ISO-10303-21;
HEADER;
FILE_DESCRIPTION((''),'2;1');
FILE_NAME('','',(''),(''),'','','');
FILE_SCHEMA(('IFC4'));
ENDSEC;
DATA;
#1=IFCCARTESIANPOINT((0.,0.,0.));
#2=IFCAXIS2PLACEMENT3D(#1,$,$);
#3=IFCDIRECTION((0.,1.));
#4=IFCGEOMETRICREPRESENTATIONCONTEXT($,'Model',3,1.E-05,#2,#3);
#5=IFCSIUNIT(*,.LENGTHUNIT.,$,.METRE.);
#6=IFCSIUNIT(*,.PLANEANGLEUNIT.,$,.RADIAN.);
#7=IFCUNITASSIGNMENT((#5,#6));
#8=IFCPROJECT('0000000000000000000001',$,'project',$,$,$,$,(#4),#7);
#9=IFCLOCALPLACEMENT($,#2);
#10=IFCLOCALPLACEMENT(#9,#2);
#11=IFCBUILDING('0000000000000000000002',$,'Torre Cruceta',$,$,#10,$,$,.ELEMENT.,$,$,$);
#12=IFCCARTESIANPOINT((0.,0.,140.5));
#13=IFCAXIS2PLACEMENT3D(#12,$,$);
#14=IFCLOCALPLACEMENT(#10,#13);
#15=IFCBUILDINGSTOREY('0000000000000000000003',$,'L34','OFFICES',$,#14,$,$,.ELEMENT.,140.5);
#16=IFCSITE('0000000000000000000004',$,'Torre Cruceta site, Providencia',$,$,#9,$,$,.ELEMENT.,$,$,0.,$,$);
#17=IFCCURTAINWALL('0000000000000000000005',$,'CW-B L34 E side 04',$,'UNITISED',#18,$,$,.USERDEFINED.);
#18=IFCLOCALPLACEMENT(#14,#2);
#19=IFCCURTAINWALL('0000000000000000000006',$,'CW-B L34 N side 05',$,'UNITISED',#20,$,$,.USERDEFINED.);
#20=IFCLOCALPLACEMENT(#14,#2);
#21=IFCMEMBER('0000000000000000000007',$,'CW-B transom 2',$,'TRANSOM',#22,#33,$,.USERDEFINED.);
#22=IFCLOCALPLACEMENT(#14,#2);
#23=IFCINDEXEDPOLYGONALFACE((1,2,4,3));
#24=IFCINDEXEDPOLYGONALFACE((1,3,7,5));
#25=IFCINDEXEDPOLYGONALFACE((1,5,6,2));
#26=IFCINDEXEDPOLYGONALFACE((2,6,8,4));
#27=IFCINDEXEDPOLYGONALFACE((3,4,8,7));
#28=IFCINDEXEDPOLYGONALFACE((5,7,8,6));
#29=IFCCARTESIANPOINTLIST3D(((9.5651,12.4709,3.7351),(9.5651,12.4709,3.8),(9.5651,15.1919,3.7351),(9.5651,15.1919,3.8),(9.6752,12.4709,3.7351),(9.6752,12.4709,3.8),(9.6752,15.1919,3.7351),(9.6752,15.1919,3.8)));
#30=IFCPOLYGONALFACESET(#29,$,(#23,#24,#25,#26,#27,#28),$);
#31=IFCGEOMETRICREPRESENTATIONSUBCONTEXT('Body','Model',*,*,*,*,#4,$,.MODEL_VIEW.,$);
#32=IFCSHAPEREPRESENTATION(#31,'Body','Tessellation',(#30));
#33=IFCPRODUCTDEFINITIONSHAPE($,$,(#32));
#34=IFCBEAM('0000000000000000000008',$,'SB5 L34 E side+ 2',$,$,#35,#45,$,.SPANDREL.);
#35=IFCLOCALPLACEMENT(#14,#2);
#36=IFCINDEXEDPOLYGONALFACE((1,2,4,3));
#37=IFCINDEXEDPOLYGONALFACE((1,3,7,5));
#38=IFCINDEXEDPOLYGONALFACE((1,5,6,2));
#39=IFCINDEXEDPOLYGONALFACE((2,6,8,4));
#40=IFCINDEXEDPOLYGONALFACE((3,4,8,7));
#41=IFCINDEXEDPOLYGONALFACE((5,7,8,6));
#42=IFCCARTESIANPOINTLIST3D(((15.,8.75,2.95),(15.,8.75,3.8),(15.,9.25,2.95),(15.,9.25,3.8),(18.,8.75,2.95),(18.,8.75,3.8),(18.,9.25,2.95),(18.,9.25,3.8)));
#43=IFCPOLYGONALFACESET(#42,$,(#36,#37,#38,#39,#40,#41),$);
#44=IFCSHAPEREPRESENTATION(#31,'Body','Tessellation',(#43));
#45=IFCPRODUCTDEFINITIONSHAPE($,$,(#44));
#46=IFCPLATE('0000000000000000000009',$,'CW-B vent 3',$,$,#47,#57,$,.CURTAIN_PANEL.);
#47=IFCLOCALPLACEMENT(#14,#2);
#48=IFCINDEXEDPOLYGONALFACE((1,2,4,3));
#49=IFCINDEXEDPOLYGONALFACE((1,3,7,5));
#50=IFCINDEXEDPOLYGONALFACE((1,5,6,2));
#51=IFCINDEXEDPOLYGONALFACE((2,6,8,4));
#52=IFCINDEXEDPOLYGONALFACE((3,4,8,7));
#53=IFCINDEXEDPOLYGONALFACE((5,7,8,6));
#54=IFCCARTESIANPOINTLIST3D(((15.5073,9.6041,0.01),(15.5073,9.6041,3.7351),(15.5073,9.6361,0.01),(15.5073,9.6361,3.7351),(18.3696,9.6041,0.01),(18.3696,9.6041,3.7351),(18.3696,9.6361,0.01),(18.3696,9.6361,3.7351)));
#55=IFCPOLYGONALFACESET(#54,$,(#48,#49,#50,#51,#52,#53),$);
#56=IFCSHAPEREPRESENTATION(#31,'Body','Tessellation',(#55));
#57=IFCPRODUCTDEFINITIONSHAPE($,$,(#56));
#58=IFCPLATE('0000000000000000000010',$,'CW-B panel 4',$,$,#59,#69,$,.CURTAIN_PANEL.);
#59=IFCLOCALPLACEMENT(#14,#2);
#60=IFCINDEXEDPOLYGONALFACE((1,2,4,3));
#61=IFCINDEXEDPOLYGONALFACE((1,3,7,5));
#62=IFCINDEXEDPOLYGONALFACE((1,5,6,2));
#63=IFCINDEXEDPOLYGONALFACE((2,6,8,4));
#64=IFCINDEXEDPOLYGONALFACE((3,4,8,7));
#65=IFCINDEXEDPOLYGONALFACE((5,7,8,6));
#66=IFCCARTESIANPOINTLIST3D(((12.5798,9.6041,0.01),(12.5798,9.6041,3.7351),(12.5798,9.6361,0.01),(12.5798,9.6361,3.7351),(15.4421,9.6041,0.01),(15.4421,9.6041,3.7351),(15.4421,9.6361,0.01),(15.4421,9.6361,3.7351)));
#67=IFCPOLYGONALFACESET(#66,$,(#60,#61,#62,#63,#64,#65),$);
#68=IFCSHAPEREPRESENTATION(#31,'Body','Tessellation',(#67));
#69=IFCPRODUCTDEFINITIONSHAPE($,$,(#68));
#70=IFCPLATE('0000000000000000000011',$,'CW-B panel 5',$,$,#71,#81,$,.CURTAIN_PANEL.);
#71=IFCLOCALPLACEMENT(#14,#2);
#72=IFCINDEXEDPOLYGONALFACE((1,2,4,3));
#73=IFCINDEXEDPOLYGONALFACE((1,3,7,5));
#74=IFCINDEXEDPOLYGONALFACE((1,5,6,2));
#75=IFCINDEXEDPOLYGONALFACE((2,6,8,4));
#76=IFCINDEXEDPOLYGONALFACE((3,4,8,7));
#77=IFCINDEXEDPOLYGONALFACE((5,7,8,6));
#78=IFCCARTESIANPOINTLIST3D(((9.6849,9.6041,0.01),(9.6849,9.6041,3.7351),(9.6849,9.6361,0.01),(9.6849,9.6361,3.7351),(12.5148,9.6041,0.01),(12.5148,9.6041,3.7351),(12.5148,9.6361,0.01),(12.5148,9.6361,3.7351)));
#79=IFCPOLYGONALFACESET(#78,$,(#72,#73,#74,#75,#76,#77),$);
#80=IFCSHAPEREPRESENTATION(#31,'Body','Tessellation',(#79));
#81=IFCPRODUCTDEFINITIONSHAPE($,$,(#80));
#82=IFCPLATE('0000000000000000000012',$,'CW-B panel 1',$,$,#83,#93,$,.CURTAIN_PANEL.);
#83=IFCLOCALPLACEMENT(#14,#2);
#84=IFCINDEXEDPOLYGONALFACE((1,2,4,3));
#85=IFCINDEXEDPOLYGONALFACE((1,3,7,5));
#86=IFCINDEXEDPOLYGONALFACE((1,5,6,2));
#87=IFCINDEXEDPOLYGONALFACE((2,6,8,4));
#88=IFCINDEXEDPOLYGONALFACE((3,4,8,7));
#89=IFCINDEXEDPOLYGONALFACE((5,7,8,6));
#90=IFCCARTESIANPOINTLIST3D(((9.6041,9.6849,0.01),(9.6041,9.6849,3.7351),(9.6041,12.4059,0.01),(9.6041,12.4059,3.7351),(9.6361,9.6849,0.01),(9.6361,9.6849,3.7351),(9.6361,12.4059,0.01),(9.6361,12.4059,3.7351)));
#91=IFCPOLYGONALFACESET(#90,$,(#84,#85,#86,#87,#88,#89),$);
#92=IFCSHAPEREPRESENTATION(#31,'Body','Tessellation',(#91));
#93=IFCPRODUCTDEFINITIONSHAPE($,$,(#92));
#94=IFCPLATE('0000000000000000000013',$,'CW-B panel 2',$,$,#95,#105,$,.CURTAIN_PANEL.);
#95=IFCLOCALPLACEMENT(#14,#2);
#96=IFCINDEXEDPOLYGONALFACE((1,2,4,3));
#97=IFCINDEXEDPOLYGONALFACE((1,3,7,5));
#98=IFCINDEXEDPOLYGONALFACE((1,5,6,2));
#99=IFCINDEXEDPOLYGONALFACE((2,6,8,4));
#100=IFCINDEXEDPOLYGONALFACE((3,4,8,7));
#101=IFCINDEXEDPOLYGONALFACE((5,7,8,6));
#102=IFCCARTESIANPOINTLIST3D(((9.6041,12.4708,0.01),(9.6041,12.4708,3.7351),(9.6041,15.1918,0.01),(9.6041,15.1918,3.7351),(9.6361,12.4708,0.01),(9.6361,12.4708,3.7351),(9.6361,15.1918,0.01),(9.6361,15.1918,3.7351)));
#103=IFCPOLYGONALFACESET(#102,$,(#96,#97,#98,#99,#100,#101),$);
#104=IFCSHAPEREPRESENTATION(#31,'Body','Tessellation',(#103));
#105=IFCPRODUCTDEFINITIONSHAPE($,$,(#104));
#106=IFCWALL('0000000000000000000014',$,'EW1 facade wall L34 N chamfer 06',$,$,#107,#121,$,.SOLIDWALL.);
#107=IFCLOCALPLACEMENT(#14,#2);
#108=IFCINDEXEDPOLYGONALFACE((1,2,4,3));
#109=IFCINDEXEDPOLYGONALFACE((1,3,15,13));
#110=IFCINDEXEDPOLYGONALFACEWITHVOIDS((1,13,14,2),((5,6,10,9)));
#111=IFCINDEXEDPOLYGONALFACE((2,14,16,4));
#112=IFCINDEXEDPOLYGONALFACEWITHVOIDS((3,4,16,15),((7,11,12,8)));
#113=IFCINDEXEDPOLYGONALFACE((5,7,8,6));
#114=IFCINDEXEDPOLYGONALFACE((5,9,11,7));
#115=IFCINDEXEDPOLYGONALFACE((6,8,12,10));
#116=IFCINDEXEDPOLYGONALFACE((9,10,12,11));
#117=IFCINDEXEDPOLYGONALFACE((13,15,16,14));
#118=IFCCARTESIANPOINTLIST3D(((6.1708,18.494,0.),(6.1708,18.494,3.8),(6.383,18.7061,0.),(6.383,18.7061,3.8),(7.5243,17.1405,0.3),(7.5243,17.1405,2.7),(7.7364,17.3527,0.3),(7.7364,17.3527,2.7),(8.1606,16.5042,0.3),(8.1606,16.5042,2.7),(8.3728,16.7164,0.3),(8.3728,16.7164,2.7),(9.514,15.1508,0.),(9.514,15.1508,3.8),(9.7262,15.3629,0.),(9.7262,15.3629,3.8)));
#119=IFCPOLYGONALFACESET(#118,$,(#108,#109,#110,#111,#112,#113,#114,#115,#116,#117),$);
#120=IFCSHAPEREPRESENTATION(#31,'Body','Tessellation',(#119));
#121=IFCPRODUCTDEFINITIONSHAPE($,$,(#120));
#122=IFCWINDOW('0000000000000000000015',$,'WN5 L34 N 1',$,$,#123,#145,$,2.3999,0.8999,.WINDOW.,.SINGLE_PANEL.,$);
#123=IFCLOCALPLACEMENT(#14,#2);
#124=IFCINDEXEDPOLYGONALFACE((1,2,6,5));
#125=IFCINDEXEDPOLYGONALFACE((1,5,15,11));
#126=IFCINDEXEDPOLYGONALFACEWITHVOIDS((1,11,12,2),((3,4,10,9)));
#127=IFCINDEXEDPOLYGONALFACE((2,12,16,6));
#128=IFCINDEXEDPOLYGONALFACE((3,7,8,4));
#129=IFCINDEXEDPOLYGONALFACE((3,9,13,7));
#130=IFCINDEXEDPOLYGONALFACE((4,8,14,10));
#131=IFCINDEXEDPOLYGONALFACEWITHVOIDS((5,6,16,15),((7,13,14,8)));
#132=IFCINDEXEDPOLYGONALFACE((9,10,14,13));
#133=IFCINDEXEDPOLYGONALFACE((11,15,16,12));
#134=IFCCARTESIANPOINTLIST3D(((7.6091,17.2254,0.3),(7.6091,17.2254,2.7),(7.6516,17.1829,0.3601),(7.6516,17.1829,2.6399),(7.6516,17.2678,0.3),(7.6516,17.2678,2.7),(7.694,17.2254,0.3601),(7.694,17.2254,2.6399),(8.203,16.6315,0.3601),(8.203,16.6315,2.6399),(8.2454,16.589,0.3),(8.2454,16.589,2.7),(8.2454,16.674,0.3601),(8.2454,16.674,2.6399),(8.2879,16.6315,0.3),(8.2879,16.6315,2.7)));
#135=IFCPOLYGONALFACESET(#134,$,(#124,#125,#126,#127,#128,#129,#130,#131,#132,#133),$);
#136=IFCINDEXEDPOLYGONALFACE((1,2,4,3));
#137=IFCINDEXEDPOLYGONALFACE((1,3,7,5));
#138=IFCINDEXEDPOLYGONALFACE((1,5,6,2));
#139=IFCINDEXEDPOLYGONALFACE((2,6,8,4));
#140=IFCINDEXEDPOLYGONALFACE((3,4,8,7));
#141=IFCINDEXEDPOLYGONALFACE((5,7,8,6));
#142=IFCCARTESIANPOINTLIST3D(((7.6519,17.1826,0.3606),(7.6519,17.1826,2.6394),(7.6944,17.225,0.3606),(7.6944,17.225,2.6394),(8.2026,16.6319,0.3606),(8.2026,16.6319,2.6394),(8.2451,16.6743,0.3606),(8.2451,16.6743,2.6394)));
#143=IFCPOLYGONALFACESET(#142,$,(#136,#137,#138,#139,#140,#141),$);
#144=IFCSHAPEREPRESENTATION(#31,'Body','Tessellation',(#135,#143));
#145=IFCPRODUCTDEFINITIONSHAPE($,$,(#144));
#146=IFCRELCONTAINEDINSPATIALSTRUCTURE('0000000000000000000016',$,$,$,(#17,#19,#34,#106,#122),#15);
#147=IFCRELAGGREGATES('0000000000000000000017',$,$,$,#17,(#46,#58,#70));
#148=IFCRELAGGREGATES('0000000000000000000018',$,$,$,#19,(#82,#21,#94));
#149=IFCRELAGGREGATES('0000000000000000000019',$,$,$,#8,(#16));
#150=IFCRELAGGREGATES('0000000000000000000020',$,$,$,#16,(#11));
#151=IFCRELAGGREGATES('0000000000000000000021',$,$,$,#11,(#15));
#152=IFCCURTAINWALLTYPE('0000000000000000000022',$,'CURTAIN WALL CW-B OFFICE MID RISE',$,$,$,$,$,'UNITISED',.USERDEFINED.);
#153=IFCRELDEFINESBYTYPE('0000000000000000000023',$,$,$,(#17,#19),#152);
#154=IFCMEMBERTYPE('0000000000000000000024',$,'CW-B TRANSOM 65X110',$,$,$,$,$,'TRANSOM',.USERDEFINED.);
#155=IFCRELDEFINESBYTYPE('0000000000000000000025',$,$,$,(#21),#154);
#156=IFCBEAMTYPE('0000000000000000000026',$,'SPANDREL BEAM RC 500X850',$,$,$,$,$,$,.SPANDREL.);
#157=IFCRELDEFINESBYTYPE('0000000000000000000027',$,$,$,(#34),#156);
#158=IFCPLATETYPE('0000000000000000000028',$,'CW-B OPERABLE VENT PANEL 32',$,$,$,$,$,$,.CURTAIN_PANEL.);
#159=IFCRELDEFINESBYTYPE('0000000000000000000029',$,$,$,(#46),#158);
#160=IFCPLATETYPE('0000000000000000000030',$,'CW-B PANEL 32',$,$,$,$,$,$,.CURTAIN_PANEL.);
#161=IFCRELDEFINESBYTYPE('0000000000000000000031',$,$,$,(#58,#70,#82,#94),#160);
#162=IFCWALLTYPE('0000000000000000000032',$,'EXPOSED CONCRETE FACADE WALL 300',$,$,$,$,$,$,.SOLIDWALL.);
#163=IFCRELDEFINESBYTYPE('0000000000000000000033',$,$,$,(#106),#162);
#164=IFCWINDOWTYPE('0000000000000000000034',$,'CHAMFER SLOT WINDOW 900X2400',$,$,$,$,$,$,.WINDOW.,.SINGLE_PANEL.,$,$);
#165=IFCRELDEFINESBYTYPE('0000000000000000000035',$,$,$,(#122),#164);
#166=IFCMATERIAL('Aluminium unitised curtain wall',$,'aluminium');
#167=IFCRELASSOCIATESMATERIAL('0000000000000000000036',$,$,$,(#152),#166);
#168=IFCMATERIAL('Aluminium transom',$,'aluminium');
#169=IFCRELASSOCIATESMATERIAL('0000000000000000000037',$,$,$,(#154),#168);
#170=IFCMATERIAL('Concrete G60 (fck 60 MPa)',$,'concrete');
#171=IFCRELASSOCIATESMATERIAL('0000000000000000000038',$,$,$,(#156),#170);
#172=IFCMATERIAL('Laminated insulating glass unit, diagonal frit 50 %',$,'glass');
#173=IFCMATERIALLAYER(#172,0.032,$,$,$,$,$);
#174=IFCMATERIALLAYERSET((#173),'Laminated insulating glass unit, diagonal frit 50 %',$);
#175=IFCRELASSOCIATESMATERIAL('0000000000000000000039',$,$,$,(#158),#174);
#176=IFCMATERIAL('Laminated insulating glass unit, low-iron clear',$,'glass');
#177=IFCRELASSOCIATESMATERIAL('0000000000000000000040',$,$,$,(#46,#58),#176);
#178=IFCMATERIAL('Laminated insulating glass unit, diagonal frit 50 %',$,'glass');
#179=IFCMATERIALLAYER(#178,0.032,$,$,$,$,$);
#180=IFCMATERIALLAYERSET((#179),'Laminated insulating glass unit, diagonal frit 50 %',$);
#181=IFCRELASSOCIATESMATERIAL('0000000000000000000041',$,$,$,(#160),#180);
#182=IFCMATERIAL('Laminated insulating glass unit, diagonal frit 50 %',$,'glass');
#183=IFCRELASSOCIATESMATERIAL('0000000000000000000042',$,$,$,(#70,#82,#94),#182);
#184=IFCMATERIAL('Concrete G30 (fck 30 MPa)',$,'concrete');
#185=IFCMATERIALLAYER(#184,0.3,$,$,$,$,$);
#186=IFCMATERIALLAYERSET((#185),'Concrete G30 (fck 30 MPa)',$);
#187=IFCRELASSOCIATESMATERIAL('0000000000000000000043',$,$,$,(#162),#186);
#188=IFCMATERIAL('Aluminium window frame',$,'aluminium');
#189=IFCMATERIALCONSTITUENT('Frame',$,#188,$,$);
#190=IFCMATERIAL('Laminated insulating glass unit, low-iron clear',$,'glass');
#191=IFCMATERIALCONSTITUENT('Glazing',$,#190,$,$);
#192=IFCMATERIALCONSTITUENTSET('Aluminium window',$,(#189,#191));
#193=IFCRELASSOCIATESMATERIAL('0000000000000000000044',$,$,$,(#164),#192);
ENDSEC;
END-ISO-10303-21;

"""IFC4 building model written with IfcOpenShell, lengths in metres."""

from ifc_helpers import new_model, si_unit, direction, frame, frame_2d, origin, origin_2d, place, context, subcontext, project, spatial, rectangle, hollow_rectangle, extrude, material, layer, layer_set, constituent, constituent_set, material_profile, profile_set, type_object, element, fill, aggregate, save


model = new_model("IFC4")

# Units and contexts
model_context = context("Model", 3, precision=1e-05, world=origin(), true_north=direction((0.0, 1.0)))
body_context = subcontext(model_context, "Body", "Model", "MODEL_VIEW")
ifc_project = project(units=[si_unit("LENGTHUNIT", "METRE"), si_unit("PLANEANGLEUNIT", "RADIAN")], contexts=[model_context])

# Site, building, storey
site_placement = place(None, origin())
site = spatial("IfcSite", under=ifc_project, at=site_placement, Name="Torre Cruceta site, Providencia", CompositionType="ELEMENT", RefElevation=0.0)
building_placement = place(site_placement, origin())
building = spatial("IfcBuilding", under=site, at=building_placement, Name="Torre Cruceta", CompositionType="ELEMENT")
storey_placement = place(building_placement, frame((0.0, 0.0, 140.5)))
storey = spatial("IfcBuildingStorey", under=building, at=storey_placement, Name="L34", Description="OFFICES", CompositionType="ELEMENT", Elevation=140.5)

# Curtain walls
ifc_material_1 = material(Name="Aluminium unitised curtain wall", Category="aluminium")
curtain_wall_type = type_object("IfcCurtainWallType", Name="CURTAIN WALL CW-B OFFICE MID RISE", ElementType="UNITISED", PredefinedType="USERDEFINED", material=ifc_material_1)
curtain_wall_1_placement = place(storey_placement, origin())
curtain_wall_1 = element("IfcCurtainWall", 1, at=curtain_wall_1_placement, inside=storey, type_object=curtain_wall_type, Name="CW-B L34 E side 04", ObjectType="UNITISED", PredefinedType="USERDEFINED")
curtain_wall_2_placement = place(storey_placement, origin())
curtain_wall_2 = element("IfcCurtainWall", 2, at=curtain_wall_2_placement, inside=storey, type_object=curtain_wall_type, Name="CW-B L34 N side 05", ObjectType="UNITISED", PredefinedType="USERDEFINED")

# Member
ifc_material_2 = material(Name="Aluminium transom", Category="aluminium")
ifc_material_profile_1 = material_profile(ifc_material_2, rectangle(XDim=0.1101, YDim=0.0649, at=origin_2d()), Name="AL 110X65")
ifc_profile_set_1 = profile_set([ifc_material_profile_1], Name="Aluminium transom")
member_type_1 = type_object("IfcMemberType", Name="CW-B TRANSOM 65X110", ElementType="TRANSOM", PredefinedType="USERDEFINED", material=ifc_profile_set_1)
member_1_placement = place(storey_placement, frame((9.6201, 12.4709, 3.7676), z_axis=(0.0, 1.0, 0.0), x_axis=(-1.0, 0.0, 0.0)))
member_1 = element("IfcMember", 3, at=member_1_placement, type_object=member_type_1, Name="CW-B transom 2", ObjectType="TRANSOM", PredefinedType="USERDEFINED", context=body_context, shape_type="SweptSolid", body=[
    extrude(rectangle(XDim=0.1101, YDim=0.0649, at=origin_2d()), origin(), (0.0, 0.0, 1.0), 2.7209),
])

# Beam
ifc_material_3 = material(Name="Concrete G60 (fck 60 MPa)", Category="concrete")
ifc_material_profile_2 = material_profile(ifc_material_3, rectangle(XDim=0.5, YDim=0.8501, at=origin_2d()), Name="RC 500X850")
ifc_profile_set_2 = profile_set([ifc_material_profile_2], Name="Concrete G60 (fck 60 MPa)")
beam_type_1 = type_object("IfcBeamType", Name="SPANDREL BEAM RC 500X850", PredefinedType="SPANDREL", material=ifc_profile_set_2)
beam_1_placement = place(storey_placement, frame((15.0, 9.0, 3.375), z_axis=(1.0, 0.0, 0.0), x_axis=(0.0, 1.0, 0.0)))
element("IfcBeam", 4, at=beam_1_placement, inside=storey, type_object=beam_type_1, Name="SB5 L34 E side+ 2", PredefinedType="SPANDREL", context=body_context, shape_type="SweptSolid", body=[
    extrude(rectangle(XDim=0.5, YDim=0.8501, at=origin_2d()), origin(), (0.0, 0.0, 1.0), 3.0),
])

# Plates
ifc_material_4 = material(Name="Laminated insulating glass unit, low-iron clear", Category="glass")
ifc_material_5 = material(Name="Laminated insulating glass unit, diagonal frit 50 %", Category="glass")
ifc_layer_1 = layer(ifc_material_5, 0.032)
ifc_layer_set_1 = layer_set([ifc_layer_1], Name="Laminated insulating glass unit, diagonal frit 50 %")
plate_type_1 = type_object("IfcPlateType", Name="CW-B OPERABLE VENT PANEL 32", PredefinedType="CURTAIN_PANEL", material=ifc_layer_set_1)
plate_1_placement = place(storey_placement, frame((16.9385, 9.6201, 0.01), z_axis=(0.0, 0.0, 1.0), x_axis=(-1.0, 0.0, 0.0)))
plate_1 = element("IfcPlate", 5, at=plate_1_placement, type_object=plate_type_1, material=ifc_material_4, Name="CW-B vent 3", PredefinedType="CURTAIN_PANEL", context=body_context, shape_type="SweptSolid", body=[
    extrude(rectangle(XDim=2.8623, YDim=0.032, at=origin_2d()), origin(), (0.0, 0.0, 1.0), 3.7251),
])
ifc_material_6 = material(Name="Laminated insulating glass unit, diagonal frit 50 %", Category="glass")
ifc_layer_2 = layer(ifc_material_6, 0.032)
ifc_layer_set_2 = layer_set([ifc_layer_2], Name="Laminated insulating glass unit, diagonal frit 50 %")
plate_type_2 = type_object("IfcPlateType", Name="CW-B PANEL 32", PredefinedType="CURTAIN_PANEL", material=ifc_layer_set_2)
plate_2_placement = place(storey_placement, frame((14.011, 9.6201, 0.01), z_axis=(0.0, 0.0, 1.0), x_axis=(-1.0, 0.0, 0.0)))
plate_2 = element("IfcPlate", 6, at=plate_2_placement, type_object=plate_type_2, material=ifc_material_4, Name="CW-B panel 4", PredefinedType="CURTAIN_PANEL", context=body_context, shape_type="SweptSolid", body=[
    extrude(rectangle(XDim=2.8623, YDim=0.032, at=origin_2d()), origin(), (0.0, 0.0, 1.0), 3.7251),
])
ifc_material_7 = material(Name="Laminated insulating glass unit, diagonal frit 50 %", Category="glass")
plate_3_placement = place(storey_placement, frame((11.0999, 9.6201, 0.01), z_axis=(0.0, 0.0, 1.0), x_axis=(-1.0, 0.0, 0.0)))
plate_3 = element("IfcPlate", 7, at=plate_3_placement, type_object=plate_type_2, material=ifc_material_7, Name="CW-B panel 5", PredefinedType="CURTAIN_PANEL", context=body_context, shape_type="SweptSolid", body=[
    extrude(rectangle(XDim=2.8298, YDim=0.032, at=origin_2d()), origin(), (0.0, 0.0, 1.0), 3.7251),
])
aggregate(curtain_wall_1, [plate_1, plate_2, plate_3])
plate_4_placement = place(storey_placement, frame((9.6201, 11.0454, 0.01), z_axis=(0.0, 0.0, 1.0), x_axis=(0.0, 1.0, 0.0)))
plate_4 = element("IfcPlate", 8, at=plate_4_placement, type_object=plate_type_2, material=ifc_material_7, Name="CW-B panel 1", PredefinedType="CURTAIN_PANEL", context=body_context, shape_type="SweptSolid", body=[
    extrude(rectangle(XDim=2.7209, YDim=0.032, at=origin_2d()), origin(), (0.0, 0.0, 1.0), 3.7251),
])
plate_5_placement = place(storey_placement, frame((9.6201, 13.8313, 0.01), z_axis=(0.0, 0.0, 1.0), x_axis=(0.0, 1.0, 0.0)))
plate_5 = element("IfcPlate", 9, at=plate_5_placement, type_object=plate_type_2, material=ifc_material_7, Name="CW-B panel 2", PredefinedType="CURTAIN_PANEL", context=body_context, shape_type="SweptSolid", body=[
    extrude(rectangle(XDim=2.7209, YDim=0.032, at=origin_2d()), origin(), (0.0, 0.0, 1.0), 3.7251),
])
aggregate(curtain_wall_2, [plate_4, member_1, plate_5])

# Wall, opening, window
ifc_material_8 = material(Name="Concrete G30 (fck 30 MPa)", Category="concrete")
ifc_layer_3 = layer(ifc_material_8, 0.3)
ifc_layer_set_3 = layer_set([ifc_layer_3], Name="Concrete G30 (fck 30 MPa)")
wall_type_1 = type_object("IfcWallType", Name="EXPOSED CONCRETE FACADE WALL 300", PredefinedType="SOLIDWALL", material=ifc_layer_set_3)
wall_1_placement = place(storey_placement, frame((9.6201, 15.2568, 0.0), z_axis=(0.0, 0.0, 1.0), x_axis=(-0.707107, 0.707107, 0.0)))
wall_1 = element("IfcWall", 10, at=wall_1_placement, inside=storey, type_object=wall_type_1, Name="EW1 facade wall L34 N chamfer 06", PredefinedType="SOLIDWALL", context=body_context, shape_type="SweptSolid", body=[
    extrude(rectangle(XDim=4.728, YDim=0.3, at=frame_2d((2.364, 0.0))), origin(), (0.0, 0.0, 1.0), 3.8),
])
opening_1_placement = place(wall_1_placement, frame((1.9141, 0.0, 0.3)))
opening_1 = element("IfcOpeningElement", 11, at=opening_1_placement, cuts=wall_1, PredefinedType="OPENING", context=body_context, shape_type="SweptSolid", body=[
    extrude(rectangle(XDim=0.8999, YDim=2.3999, at=frame_2d((0.45, 1.2))), frame((0.0, 0.1599, 0.0), z_axis=(0.0, -1.0, 0.0), x_axis=(1.0, 0.0, 0.0)), (0.0, 0.0, 1.0), 0.3201),
])
ifc_material_9 = material(Name="Aluminium window frame", Category="aluminium")
ifc_constituent_1 = constituent(ifc_material_9, Name="Frame")
ifc_material_10 = material(Name="Laminated insulating glass unit, low-iron clear", Category="glass")
ifc_constituent_2 = constituent(ifc_material_10, Name="Glazing")
ifc_constituent_set_1 = constituent_set(constituents=[ifc_constituent_1, ifc_constituent_2], Name="Aluminium window")
window_type = type_object("IfcWindowType", Name="CHAMFER SLOT WINDOW 900X2400", PartitioningType="SINGLE_PANEL", PredefinedType="WINDOW", material=ifc_constituent_set_1)
window_placement = place(opening_1_placement, origin())
window = element("IfcWindow", 12, at=window_placement, inside=storey, type_object=window_type, Name="WN5 L34 N 1", OverallHeight=2.3999, OverallWidth=0.8999, PartitioningType="SINGLE_PANEL", PredefinedType="WINDOW", context=body_context, shape_type="SweptSolid", body=[
    extrude(hollow_rectangle(XDim=0.8999, YDim=2.3999, WallThickness=0.0601, at=frame_2d((0.45, 1.2))), frame((0.0, 0.03, 0.0), z_axis=(0.0, -1.0, 0.0), x_axis=(1.0, 0.0, 0.0)), (0.0, 0.0, 1.0), 0.0601),
    extrude(rectangle(XDim=0.7788, YDim=2.2788, at=frame_2d((0.45, 1.2))), frame((0.0, 0.03, 0.0), z_axis=(0.0, -1.0, 0.0), x_axis=(1.0, 0.0, 0.0)), (0.0, 0.0, 1.0), 0.0601),
])
fill(opening_1, window)

save(model, "model.ifc")
